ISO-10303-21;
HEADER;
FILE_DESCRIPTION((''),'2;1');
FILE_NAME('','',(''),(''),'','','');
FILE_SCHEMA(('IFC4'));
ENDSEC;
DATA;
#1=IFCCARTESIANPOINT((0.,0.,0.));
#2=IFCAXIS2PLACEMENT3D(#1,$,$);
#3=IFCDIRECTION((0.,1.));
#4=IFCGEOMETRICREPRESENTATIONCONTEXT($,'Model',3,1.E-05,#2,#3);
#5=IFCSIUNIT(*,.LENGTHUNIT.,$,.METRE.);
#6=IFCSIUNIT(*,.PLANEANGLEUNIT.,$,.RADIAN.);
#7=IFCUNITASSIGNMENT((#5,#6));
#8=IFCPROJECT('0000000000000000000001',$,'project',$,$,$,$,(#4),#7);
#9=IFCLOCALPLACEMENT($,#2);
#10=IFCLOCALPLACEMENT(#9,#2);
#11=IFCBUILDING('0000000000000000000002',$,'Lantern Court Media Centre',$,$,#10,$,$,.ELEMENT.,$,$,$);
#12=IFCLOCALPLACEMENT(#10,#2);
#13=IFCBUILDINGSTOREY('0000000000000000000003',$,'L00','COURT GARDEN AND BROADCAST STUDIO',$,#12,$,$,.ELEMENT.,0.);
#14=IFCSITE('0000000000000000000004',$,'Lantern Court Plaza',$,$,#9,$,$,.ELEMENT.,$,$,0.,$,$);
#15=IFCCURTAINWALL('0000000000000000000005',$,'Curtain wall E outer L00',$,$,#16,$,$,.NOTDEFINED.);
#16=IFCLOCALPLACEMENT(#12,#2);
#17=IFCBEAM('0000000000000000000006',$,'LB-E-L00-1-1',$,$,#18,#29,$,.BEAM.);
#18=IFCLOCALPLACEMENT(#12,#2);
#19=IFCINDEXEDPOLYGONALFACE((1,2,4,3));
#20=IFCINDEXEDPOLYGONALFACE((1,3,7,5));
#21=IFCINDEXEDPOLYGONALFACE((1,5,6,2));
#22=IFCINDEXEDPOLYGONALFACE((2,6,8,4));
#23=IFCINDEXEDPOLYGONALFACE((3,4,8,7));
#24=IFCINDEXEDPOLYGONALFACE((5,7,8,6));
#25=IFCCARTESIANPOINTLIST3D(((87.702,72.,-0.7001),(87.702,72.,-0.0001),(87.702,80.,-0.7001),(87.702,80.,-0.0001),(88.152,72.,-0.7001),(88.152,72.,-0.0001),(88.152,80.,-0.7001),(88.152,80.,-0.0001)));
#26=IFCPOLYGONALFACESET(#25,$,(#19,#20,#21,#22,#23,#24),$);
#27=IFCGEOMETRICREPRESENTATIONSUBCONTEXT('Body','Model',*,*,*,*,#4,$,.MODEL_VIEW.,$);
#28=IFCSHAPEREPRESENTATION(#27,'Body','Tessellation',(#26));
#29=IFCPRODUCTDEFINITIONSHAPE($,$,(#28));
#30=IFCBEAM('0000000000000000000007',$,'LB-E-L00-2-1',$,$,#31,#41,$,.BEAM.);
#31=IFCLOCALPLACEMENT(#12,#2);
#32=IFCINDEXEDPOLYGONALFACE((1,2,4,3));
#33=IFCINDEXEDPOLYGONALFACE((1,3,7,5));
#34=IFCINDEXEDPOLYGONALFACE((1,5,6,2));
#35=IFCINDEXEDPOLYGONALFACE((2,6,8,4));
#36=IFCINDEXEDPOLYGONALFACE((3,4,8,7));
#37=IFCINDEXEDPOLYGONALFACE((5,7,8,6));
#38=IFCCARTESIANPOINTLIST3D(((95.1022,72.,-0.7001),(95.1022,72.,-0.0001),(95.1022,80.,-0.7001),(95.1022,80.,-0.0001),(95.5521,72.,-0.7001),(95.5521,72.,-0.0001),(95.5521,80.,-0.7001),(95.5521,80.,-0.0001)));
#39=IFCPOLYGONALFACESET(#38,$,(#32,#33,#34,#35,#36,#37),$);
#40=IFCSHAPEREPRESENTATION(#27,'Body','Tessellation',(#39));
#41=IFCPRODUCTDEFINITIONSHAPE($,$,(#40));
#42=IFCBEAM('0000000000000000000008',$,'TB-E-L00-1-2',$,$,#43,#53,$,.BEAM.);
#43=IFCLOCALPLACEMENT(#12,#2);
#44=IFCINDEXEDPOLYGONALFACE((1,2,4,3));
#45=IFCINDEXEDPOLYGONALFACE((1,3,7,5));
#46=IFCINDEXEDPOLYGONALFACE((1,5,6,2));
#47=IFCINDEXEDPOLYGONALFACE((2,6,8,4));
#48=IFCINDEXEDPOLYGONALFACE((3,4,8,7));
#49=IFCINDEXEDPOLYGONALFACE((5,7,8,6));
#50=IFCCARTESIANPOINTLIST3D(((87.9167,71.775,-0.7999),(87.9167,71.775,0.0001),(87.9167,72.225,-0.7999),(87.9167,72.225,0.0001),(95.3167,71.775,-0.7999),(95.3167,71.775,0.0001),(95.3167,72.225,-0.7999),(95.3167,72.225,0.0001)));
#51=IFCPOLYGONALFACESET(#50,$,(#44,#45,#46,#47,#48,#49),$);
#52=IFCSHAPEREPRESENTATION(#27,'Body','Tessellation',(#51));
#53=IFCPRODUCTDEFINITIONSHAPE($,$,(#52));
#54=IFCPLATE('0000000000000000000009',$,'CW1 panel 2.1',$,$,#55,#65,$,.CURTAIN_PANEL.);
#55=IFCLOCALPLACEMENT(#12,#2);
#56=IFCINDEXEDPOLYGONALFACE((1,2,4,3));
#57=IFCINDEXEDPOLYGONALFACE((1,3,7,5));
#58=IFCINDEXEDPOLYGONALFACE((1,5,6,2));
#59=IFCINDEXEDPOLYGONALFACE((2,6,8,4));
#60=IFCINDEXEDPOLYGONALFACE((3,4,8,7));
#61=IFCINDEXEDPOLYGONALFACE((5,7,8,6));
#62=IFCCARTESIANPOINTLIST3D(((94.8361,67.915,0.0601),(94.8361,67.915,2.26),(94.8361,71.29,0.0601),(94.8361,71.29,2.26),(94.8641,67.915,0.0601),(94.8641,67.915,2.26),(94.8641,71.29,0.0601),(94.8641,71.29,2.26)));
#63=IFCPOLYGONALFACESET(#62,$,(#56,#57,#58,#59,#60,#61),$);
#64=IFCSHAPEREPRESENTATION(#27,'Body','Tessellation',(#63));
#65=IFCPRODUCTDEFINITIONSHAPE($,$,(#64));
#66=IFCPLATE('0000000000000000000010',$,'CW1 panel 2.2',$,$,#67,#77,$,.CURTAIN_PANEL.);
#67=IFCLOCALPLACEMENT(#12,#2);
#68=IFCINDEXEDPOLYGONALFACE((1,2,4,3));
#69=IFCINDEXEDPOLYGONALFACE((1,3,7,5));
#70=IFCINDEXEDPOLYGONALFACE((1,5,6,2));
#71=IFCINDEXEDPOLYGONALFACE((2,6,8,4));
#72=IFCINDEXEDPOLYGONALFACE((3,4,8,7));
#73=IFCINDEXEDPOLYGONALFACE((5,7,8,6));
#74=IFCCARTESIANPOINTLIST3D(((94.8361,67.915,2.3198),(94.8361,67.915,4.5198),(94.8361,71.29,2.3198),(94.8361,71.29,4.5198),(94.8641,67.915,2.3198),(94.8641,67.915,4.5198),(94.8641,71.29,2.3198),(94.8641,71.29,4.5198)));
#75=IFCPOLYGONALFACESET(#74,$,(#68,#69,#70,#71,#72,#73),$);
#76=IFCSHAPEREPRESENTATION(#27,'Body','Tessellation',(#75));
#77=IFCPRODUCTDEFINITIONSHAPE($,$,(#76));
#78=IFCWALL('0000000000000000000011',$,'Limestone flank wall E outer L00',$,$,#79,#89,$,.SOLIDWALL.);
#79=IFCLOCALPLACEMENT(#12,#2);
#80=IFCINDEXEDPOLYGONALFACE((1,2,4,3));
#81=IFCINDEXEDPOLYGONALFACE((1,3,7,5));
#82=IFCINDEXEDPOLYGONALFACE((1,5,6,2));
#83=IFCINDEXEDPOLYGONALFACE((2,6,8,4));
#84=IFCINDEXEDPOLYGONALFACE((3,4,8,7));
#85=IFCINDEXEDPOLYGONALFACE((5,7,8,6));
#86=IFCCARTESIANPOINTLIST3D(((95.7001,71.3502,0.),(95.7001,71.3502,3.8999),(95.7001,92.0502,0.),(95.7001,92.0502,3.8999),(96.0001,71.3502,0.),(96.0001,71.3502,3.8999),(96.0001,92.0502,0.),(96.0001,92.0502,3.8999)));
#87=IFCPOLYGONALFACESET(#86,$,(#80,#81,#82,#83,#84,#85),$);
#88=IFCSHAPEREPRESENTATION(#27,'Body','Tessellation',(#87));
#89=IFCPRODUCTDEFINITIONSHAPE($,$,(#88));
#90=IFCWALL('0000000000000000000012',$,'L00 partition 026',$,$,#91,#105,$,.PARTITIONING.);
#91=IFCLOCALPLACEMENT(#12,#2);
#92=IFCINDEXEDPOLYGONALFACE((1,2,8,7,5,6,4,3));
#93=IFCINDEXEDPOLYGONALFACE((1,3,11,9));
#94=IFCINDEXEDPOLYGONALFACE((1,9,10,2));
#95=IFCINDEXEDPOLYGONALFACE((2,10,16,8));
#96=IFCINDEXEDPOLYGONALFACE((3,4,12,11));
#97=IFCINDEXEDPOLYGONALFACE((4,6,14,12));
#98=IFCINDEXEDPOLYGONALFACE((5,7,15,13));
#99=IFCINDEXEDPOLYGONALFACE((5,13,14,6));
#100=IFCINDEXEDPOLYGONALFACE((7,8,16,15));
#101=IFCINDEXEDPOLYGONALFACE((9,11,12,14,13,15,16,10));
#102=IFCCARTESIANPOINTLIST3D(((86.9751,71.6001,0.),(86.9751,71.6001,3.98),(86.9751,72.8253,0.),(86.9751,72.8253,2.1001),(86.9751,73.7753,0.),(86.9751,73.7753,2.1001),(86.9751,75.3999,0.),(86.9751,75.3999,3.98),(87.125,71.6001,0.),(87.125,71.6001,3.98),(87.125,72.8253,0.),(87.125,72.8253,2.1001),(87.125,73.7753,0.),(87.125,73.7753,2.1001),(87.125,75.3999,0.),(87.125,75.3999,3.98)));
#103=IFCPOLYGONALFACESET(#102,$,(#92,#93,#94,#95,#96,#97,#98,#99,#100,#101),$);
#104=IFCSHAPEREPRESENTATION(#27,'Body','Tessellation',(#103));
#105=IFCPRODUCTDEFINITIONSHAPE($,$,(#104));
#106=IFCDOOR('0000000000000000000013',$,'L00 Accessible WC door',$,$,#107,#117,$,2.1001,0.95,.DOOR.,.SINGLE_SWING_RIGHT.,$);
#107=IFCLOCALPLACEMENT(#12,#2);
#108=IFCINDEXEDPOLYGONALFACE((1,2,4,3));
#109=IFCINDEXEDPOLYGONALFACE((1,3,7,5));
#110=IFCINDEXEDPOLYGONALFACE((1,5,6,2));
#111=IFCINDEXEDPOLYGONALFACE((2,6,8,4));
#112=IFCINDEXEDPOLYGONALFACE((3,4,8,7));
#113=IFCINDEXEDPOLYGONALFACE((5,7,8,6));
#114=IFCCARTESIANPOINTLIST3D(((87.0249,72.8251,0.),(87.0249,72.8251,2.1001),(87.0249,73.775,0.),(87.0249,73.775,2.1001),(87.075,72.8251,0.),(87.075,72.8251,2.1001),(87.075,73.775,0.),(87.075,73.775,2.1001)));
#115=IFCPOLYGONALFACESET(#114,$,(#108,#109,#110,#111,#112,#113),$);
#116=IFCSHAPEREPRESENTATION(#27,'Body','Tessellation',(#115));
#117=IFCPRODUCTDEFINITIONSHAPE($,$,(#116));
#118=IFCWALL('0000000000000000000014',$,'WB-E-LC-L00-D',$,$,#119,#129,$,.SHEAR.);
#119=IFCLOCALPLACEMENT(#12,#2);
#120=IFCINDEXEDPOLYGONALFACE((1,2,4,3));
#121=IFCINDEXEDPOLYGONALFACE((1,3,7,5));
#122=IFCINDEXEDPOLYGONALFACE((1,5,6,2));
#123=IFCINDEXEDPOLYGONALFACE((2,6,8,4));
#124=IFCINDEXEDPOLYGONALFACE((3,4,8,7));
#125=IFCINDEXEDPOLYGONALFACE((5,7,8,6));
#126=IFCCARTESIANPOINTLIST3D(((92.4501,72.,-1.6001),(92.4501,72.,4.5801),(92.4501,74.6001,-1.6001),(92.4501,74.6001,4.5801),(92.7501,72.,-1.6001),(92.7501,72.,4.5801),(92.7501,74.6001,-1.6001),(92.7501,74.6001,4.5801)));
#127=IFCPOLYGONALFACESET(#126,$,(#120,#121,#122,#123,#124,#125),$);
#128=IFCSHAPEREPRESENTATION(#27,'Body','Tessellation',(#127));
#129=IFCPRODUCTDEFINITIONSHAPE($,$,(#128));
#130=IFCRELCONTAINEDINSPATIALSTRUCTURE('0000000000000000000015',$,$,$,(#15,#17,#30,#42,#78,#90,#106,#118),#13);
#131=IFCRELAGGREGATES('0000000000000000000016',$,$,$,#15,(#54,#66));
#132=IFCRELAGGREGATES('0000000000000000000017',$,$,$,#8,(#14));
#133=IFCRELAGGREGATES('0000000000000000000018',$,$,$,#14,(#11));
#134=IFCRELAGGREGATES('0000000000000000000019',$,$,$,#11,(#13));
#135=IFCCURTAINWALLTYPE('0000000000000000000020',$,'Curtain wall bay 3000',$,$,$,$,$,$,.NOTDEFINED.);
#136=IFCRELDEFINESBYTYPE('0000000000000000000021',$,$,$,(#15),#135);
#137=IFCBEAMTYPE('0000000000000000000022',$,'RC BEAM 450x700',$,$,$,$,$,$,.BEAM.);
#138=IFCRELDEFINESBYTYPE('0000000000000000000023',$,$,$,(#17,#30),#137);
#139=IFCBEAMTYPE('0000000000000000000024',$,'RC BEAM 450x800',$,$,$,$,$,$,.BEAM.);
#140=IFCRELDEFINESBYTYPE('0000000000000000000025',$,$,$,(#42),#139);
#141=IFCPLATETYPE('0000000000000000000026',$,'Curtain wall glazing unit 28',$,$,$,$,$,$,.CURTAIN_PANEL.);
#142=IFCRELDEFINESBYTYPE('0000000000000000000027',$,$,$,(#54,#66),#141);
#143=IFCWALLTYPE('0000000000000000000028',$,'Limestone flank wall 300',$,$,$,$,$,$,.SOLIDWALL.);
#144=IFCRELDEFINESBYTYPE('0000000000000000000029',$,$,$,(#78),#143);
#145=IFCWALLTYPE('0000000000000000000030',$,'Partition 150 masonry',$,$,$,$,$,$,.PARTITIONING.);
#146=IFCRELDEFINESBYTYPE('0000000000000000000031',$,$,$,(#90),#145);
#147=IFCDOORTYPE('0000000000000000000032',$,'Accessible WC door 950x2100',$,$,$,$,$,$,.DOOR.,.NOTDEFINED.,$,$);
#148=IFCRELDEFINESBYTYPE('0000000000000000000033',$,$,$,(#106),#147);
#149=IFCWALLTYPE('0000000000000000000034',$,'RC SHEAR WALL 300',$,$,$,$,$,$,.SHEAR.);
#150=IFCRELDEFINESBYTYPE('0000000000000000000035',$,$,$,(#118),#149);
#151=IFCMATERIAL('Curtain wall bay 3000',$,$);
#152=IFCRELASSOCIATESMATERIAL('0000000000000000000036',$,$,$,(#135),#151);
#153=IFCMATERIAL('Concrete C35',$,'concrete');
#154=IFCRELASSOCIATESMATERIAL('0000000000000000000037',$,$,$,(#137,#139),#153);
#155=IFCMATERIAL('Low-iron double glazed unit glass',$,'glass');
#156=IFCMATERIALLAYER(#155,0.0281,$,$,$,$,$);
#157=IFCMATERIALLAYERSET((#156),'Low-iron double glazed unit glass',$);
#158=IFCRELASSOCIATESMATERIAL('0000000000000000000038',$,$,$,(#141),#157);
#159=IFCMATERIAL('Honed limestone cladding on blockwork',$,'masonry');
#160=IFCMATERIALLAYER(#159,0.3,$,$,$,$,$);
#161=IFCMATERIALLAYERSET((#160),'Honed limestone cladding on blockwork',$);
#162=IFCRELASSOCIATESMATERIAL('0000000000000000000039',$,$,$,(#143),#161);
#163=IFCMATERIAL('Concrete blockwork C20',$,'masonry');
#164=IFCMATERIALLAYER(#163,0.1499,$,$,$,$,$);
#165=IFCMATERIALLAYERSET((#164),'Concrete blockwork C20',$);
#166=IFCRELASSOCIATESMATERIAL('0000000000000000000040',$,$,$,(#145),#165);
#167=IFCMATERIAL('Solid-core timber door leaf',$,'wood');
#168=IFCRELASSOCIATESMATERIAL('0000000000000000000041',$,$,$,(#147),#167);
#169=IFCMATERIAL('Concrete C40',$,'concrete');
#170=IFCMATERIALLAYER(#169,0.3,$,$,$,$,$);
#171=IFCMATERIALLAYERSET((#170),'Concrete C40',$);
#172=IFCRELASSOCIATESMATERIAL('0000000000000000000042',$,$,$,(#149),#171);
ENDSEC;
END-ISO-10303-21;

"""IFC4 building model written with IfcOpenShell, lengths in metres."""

from ifc_helpers import new_model, si_unit, direction, frame, frame_2d, origin, origin_2d, place, context, subcontext, project, spatial, rectangle, extrude, material, layer, layer_set, material_profile, profile_set, type_object, element, fill, aggregate, save


model = new_model("IFC4")

# Units and contexts
model_context = context("Model", 3, precision=1e-05, world=origin(), true_north=direction((0.0, 1.0)))
body_context = subcontext(model_context, "Body", "Model", "MODEL_VIEW")
ifc_project = project(units=[si_unit("LENGTHUNIT", "METRE"), si_unit("PLANEANGLEUNIT", "RADIAN")], contexts=[model_context])

# Site, building, storey
site_placement = place(None, origin())
site = spatial("IfcSite", under=ifc_project, at=site_placement, Name="Lantern Court Plaza", CompositionType="ELEMENT", RefElevation=0.0)
building_placement = place(site_placement, origin())
building = spatial("IfcBuilding", under=site, at=building_placement, Name="Lantern Court Media Centre", CompositionType="ELEMENT")
storey_placement = place(building_placement, origin())
storey = spatial("IfcBuildingStorey", under=building, at=storey_placement, Name="L00", Description="COURT GARDEN AND BROADCAST STUDIO", CompositionType="ELEMENT", Elevation=0.0)

# Shared definitions
ifc_material_1 = material(Name="Concrete C35", Category="concrete")

# Curtain wall
ifc_material_2 = material(Name="Curtain wall bay 3000")
curtain_wall_type = type_object("IfcCurtainWallType", Name="Curtain wall bay 3000", PredefinedType="NOTDEFINED", material=ifc_material_2)
curtain_wall_placement = place(storey_placement, origin())
curtain_wall = element("IfcCurtainWall", 1, at=curtain_wall_placement, inside=storey, type_object=curtain_wall_type, Name="Curtain wall E outer L00", PredefinedType="NOTDEFINED")

# Beams
ifc_material_profile_1 = material_profile(ifc_material_1, rectangle(XDim=0.45, YDim=0.7, at=origin_2d()), Name="RC 450x700")
ifc_profile_set_1 = profile_set([ifc_material_profile_1], Name="Concrete C35")
beam_type_1 = type_object("IfcBeamType", Name="RC BEAM 450x700", PredefinedType="BEAM", material=ifc_profile_set_1)
for number, where, z_axis, x_axis, name in (
    (2, (87.927, 72.0, -0.3501), (0.0, 1.0, 0.0), (-1.0, 0.0, 0.0), "LB-E-L00-1-1"),
    (3, (95.3271, 72.0, -0.3501), (0.0, 1.0, 0.0), (-1.0, 0.0, 0.0), "LB-E-L00-2-1"),
):
    element("IfcBeam", number, at=place(storey_placement, frame(where, z_axis=z_axis, x_axis=x_axis)), inside=storey, type_object=beam_type_1, Name=name, PredefinedType="BEAM", context=body_context, shape_type="SweptSolid", body=[
        extrude(rectangle(XDim=0.45, YDim=0.7, at=origin_2d()), origin(), (0.0, 0.0, 1.0), 8.0),
    ])
ifc_material_profile_2 = material_profile(ifc_material_1, rectangle(XDim=0.45, YDim=0.8, at=origin_2d()), Name="RC 450x800")
ifc_profile_set_2 = profile_set([ifc_material_profile_2], Name="Concrete C35")
beam_type_2 = type_object("IfcBeamType", Name="RC BEAM 450x800", PredefinedType="BEAM", material=ifc_profile_set_2)
beam_placement = place(storey_placement, frame((87.9167, 72.0, -0.3999), z_axis=(1.0, 0.0, 0.0), x_axis=(0.0, 1.0, 0.0)))
element("IfcBeam", 4, at=beam_placement, inside=storey, type_object=beam_type_2, Name="TB-E-L00-1-2", PredefinedType="BEAM", context=body_context, shape_type="SweptSolid", body=[
    extrude(rectangle(XDim=0.45, YDim=0.8, at=origin_2d()), origin(), (0.0, 0.0, 1.0), 7.3999),
])

# Plates
ifc_material_3 = material(Name="Low-iron double glazed unit glass", Category="glass")
ifc_layer_1 = layer(ifc_material_3, 0.0281)
ifc_layer_set_1 = layer_set([ifc_layer_1], Name="Low-iron double glazed unit glass")
plate_type = type_object("IfcPlateType", Name="Curtain wall glazing unit 28", PredefinedType="CURTAIN_PANEL", material=ifc_layer_set_1)
plate_1_placement = place(storey_placement, frame((94.8501, 69.6025, 0.0601), z_axis=(0.0, 0.0, 1.0), x_axis=(0.0, 1.0, 0.0)))
plate_1 = element("IfcPlate", 5, at=plate_1_placement, type_object=plate_type, Name="CW1 panel 2.1", PredefinedType="CURTAIN_PANEL", context=body_context, shape_type="SweptSolid", body=[
    extrude(rectangle(XDim=3.375, YDim=0.0281, at=origin_2d()), origin(), (0.0, 0.0, 1.0), 2.2),
])
plate_2_placement = place(storey_placement, frame((94.8501, 69.6025, 2.3198), z_axis=(0.0, 0.0, 1.0), x_axis=(0.0, 1.0, 0.0)))
plate_2 = element("IfcPlate", 6, at=plate_2_placement, type_object=plate_type, Name="CW1 panel 2.2", PredefinedType="CURTAIN_PANEL", context=body_context, shape_type="SweptSolid", body=[
    extrude(rectangle(XDim=3.375, YDim=0.0281, at=origin_2d()), origin(), (0.0, 0.0, 1.0), 2.2),
])
aggregate(curtain_wall, [plate_1, plate_2])

# Wall
ifc_material_4 = material(Name="Honed limestone cladding on blockwork", Category="masonry")
ifc_layer_2 = layer(ifc_material_4, 0.3)
ifc_layer_set_2 = layer_set([ifc_layer_2], Name="Honed limestone cladding on blockwork")
wall_type_1 = type_object("IfcWallType", Name="Limestone flank wall 300", PredefinedType="SOLIDWALL", material=ifc_layer_set_2)
wall_1_placement = place(storey_placement, frame((95.8501, 71.3501, 0.0), z_axis=(0.0, 0.0, 1.0), x_axis=(0.0, 1.0, 0.0)))
element("IfcWall", 7, at=wall_1_placement, inside=storey, type_object=wall_type_1, Name="Limestone flank wall E outer L00", PredefinedType="SOLIDWALL", context=body_context, shape_type="SweptSolid", body=[
    extrude(rectangle(XDim=20.7, YDim=0.3, at=frame_2d((10.3501, 0.0))), origin(), (0.0, 0.0, 1.0), 3.8999),
])

# Wall, opening, door
ifc_material_5 = material(Name="Concrete blockwork C20", Category="masonry")
ifc_layer_3 = layer(ifc_material_5, 0.1499)
ifc_layer_set_3 = layer_set([ifc_layer_3], Name="Concrete blockwork C20")
wall_type_2 = type_object("IfcWallType", Name="Partition 150 masonry", PredefinedType="PARTITIONING", material=ifc_layer_set_3)
wall_2_placement = place(storey_placement, frame((87.05, 71.6001, 0.0), z_axis=(0.0, 0.0, 1.0), x_axis=(0.0, 1.0, 0.0)))
wall_2 = element("IfcWall", 8, at=wall_2_placement, inside=storey, type_object=wall_type_2, Name="L00 partition 026", PredefinedType="PARTITIONING", context=body_context, shape_type="SweptSolid", body=[
    extrude(rectangle(XDim=3.7998, YDim=0.1499, at=frame_2d((1.8999, 0.0))), origin(), (0.0, 0.0, 1.0), 3.98),
])
opening_1_placement = place(wall_2_placement, frame((1.2251, 0.0, 0.0)))
opening_1 = element("IfcOpeningElement", 9, at=opening_1_placement, cuts=wall_2, PredefinedType="OPENING", context=body_context, shape_type="SweptSolid", body=[
    extrude(rectangle(XDim=0.95, YDim=2.1001, at=frame_2d((0.4751, 1.05))), frame((0.0, 0.085, 0.0), z_axis=(0.0, -1.0, 0.0), x_axis=(1.0, 0.0, 0.0)), (0.0, 0.0, 1.0), 0.1699),
])
ifc_material_6 = material(Name="Solid-core timber door leaf", Category="wood")
door_type_1 = type_object("IfcDoorType", Name="Accessible WC door 950x2100", OperationType="NOTDEFINED", PredefinedType="DOOR", material=ifc_material_6)
door_1_placement = place(opening_1_placement, frame((0.95, 0.0, 0.0), z_axis=(0.0, 0.0, 1.0), x_axis=(-1.0, 0.0, 0.0)))
door_1 = element("IfcDoor", 10, at=door_1_placement, inside=storey, type_object=door_type_1, Name="L00 Accessible WC door", OperationType="SINGLE_SWING_RIGHT", OverallHeight=2.1001, OverallWidth=0.95, PredefinedType="DOOR", context=body_context, shape_type="SweptSolid", body=[
    extrude(rectangle(XDim=0.95, YDim=2.1001, at=frame_2d((0.4751, 1.05))), frame((0.0, 0.0249, 0.0), z_axis=(0.0, -1.0, 0.0), x_axis=(1.0, 0.0, 0.0)), (0.0, 0.0, 1.0), 0.05),
])
fill(opening_1, door_1)

# Wall
ifc_material_7 = material(Name="Concrete C40", Category="concrete")
ifc_layer_4 = layer(ifc_material_7, 0.3)
ifc_layer_set_4 = layer_set([ifc_layer_4], Name="Concrete C40")
wall_type_3 = type_object("IfcWallType", Name="RC SHEAR WALL 300", PredefinedType="SHEAR", material=ifc_layer_set_4)
wall_3_placement = place(storey_placement, frame((92.6001, 72.0, -1.6001), z_axis=(0.0, 0.0, 1.0), x_axis=(0.0, 1.0, 0.0)))
element("IfcWall", 11, at=wall_3_placement, inside=storey, type_object=wall_type_3, Name="WB-E-LC-L00-D", PredefinedType="SHEAR", context=body_context, shape_type="SweptSolid", body=[
    extrude(rectangle(XDim=2.6001, YDim=0.3, at=frame_2d((1.3, 0.0))), origin(), (0.0, 0.0, 1.0), 6.1802),
])

save(model, "model.ifc")
